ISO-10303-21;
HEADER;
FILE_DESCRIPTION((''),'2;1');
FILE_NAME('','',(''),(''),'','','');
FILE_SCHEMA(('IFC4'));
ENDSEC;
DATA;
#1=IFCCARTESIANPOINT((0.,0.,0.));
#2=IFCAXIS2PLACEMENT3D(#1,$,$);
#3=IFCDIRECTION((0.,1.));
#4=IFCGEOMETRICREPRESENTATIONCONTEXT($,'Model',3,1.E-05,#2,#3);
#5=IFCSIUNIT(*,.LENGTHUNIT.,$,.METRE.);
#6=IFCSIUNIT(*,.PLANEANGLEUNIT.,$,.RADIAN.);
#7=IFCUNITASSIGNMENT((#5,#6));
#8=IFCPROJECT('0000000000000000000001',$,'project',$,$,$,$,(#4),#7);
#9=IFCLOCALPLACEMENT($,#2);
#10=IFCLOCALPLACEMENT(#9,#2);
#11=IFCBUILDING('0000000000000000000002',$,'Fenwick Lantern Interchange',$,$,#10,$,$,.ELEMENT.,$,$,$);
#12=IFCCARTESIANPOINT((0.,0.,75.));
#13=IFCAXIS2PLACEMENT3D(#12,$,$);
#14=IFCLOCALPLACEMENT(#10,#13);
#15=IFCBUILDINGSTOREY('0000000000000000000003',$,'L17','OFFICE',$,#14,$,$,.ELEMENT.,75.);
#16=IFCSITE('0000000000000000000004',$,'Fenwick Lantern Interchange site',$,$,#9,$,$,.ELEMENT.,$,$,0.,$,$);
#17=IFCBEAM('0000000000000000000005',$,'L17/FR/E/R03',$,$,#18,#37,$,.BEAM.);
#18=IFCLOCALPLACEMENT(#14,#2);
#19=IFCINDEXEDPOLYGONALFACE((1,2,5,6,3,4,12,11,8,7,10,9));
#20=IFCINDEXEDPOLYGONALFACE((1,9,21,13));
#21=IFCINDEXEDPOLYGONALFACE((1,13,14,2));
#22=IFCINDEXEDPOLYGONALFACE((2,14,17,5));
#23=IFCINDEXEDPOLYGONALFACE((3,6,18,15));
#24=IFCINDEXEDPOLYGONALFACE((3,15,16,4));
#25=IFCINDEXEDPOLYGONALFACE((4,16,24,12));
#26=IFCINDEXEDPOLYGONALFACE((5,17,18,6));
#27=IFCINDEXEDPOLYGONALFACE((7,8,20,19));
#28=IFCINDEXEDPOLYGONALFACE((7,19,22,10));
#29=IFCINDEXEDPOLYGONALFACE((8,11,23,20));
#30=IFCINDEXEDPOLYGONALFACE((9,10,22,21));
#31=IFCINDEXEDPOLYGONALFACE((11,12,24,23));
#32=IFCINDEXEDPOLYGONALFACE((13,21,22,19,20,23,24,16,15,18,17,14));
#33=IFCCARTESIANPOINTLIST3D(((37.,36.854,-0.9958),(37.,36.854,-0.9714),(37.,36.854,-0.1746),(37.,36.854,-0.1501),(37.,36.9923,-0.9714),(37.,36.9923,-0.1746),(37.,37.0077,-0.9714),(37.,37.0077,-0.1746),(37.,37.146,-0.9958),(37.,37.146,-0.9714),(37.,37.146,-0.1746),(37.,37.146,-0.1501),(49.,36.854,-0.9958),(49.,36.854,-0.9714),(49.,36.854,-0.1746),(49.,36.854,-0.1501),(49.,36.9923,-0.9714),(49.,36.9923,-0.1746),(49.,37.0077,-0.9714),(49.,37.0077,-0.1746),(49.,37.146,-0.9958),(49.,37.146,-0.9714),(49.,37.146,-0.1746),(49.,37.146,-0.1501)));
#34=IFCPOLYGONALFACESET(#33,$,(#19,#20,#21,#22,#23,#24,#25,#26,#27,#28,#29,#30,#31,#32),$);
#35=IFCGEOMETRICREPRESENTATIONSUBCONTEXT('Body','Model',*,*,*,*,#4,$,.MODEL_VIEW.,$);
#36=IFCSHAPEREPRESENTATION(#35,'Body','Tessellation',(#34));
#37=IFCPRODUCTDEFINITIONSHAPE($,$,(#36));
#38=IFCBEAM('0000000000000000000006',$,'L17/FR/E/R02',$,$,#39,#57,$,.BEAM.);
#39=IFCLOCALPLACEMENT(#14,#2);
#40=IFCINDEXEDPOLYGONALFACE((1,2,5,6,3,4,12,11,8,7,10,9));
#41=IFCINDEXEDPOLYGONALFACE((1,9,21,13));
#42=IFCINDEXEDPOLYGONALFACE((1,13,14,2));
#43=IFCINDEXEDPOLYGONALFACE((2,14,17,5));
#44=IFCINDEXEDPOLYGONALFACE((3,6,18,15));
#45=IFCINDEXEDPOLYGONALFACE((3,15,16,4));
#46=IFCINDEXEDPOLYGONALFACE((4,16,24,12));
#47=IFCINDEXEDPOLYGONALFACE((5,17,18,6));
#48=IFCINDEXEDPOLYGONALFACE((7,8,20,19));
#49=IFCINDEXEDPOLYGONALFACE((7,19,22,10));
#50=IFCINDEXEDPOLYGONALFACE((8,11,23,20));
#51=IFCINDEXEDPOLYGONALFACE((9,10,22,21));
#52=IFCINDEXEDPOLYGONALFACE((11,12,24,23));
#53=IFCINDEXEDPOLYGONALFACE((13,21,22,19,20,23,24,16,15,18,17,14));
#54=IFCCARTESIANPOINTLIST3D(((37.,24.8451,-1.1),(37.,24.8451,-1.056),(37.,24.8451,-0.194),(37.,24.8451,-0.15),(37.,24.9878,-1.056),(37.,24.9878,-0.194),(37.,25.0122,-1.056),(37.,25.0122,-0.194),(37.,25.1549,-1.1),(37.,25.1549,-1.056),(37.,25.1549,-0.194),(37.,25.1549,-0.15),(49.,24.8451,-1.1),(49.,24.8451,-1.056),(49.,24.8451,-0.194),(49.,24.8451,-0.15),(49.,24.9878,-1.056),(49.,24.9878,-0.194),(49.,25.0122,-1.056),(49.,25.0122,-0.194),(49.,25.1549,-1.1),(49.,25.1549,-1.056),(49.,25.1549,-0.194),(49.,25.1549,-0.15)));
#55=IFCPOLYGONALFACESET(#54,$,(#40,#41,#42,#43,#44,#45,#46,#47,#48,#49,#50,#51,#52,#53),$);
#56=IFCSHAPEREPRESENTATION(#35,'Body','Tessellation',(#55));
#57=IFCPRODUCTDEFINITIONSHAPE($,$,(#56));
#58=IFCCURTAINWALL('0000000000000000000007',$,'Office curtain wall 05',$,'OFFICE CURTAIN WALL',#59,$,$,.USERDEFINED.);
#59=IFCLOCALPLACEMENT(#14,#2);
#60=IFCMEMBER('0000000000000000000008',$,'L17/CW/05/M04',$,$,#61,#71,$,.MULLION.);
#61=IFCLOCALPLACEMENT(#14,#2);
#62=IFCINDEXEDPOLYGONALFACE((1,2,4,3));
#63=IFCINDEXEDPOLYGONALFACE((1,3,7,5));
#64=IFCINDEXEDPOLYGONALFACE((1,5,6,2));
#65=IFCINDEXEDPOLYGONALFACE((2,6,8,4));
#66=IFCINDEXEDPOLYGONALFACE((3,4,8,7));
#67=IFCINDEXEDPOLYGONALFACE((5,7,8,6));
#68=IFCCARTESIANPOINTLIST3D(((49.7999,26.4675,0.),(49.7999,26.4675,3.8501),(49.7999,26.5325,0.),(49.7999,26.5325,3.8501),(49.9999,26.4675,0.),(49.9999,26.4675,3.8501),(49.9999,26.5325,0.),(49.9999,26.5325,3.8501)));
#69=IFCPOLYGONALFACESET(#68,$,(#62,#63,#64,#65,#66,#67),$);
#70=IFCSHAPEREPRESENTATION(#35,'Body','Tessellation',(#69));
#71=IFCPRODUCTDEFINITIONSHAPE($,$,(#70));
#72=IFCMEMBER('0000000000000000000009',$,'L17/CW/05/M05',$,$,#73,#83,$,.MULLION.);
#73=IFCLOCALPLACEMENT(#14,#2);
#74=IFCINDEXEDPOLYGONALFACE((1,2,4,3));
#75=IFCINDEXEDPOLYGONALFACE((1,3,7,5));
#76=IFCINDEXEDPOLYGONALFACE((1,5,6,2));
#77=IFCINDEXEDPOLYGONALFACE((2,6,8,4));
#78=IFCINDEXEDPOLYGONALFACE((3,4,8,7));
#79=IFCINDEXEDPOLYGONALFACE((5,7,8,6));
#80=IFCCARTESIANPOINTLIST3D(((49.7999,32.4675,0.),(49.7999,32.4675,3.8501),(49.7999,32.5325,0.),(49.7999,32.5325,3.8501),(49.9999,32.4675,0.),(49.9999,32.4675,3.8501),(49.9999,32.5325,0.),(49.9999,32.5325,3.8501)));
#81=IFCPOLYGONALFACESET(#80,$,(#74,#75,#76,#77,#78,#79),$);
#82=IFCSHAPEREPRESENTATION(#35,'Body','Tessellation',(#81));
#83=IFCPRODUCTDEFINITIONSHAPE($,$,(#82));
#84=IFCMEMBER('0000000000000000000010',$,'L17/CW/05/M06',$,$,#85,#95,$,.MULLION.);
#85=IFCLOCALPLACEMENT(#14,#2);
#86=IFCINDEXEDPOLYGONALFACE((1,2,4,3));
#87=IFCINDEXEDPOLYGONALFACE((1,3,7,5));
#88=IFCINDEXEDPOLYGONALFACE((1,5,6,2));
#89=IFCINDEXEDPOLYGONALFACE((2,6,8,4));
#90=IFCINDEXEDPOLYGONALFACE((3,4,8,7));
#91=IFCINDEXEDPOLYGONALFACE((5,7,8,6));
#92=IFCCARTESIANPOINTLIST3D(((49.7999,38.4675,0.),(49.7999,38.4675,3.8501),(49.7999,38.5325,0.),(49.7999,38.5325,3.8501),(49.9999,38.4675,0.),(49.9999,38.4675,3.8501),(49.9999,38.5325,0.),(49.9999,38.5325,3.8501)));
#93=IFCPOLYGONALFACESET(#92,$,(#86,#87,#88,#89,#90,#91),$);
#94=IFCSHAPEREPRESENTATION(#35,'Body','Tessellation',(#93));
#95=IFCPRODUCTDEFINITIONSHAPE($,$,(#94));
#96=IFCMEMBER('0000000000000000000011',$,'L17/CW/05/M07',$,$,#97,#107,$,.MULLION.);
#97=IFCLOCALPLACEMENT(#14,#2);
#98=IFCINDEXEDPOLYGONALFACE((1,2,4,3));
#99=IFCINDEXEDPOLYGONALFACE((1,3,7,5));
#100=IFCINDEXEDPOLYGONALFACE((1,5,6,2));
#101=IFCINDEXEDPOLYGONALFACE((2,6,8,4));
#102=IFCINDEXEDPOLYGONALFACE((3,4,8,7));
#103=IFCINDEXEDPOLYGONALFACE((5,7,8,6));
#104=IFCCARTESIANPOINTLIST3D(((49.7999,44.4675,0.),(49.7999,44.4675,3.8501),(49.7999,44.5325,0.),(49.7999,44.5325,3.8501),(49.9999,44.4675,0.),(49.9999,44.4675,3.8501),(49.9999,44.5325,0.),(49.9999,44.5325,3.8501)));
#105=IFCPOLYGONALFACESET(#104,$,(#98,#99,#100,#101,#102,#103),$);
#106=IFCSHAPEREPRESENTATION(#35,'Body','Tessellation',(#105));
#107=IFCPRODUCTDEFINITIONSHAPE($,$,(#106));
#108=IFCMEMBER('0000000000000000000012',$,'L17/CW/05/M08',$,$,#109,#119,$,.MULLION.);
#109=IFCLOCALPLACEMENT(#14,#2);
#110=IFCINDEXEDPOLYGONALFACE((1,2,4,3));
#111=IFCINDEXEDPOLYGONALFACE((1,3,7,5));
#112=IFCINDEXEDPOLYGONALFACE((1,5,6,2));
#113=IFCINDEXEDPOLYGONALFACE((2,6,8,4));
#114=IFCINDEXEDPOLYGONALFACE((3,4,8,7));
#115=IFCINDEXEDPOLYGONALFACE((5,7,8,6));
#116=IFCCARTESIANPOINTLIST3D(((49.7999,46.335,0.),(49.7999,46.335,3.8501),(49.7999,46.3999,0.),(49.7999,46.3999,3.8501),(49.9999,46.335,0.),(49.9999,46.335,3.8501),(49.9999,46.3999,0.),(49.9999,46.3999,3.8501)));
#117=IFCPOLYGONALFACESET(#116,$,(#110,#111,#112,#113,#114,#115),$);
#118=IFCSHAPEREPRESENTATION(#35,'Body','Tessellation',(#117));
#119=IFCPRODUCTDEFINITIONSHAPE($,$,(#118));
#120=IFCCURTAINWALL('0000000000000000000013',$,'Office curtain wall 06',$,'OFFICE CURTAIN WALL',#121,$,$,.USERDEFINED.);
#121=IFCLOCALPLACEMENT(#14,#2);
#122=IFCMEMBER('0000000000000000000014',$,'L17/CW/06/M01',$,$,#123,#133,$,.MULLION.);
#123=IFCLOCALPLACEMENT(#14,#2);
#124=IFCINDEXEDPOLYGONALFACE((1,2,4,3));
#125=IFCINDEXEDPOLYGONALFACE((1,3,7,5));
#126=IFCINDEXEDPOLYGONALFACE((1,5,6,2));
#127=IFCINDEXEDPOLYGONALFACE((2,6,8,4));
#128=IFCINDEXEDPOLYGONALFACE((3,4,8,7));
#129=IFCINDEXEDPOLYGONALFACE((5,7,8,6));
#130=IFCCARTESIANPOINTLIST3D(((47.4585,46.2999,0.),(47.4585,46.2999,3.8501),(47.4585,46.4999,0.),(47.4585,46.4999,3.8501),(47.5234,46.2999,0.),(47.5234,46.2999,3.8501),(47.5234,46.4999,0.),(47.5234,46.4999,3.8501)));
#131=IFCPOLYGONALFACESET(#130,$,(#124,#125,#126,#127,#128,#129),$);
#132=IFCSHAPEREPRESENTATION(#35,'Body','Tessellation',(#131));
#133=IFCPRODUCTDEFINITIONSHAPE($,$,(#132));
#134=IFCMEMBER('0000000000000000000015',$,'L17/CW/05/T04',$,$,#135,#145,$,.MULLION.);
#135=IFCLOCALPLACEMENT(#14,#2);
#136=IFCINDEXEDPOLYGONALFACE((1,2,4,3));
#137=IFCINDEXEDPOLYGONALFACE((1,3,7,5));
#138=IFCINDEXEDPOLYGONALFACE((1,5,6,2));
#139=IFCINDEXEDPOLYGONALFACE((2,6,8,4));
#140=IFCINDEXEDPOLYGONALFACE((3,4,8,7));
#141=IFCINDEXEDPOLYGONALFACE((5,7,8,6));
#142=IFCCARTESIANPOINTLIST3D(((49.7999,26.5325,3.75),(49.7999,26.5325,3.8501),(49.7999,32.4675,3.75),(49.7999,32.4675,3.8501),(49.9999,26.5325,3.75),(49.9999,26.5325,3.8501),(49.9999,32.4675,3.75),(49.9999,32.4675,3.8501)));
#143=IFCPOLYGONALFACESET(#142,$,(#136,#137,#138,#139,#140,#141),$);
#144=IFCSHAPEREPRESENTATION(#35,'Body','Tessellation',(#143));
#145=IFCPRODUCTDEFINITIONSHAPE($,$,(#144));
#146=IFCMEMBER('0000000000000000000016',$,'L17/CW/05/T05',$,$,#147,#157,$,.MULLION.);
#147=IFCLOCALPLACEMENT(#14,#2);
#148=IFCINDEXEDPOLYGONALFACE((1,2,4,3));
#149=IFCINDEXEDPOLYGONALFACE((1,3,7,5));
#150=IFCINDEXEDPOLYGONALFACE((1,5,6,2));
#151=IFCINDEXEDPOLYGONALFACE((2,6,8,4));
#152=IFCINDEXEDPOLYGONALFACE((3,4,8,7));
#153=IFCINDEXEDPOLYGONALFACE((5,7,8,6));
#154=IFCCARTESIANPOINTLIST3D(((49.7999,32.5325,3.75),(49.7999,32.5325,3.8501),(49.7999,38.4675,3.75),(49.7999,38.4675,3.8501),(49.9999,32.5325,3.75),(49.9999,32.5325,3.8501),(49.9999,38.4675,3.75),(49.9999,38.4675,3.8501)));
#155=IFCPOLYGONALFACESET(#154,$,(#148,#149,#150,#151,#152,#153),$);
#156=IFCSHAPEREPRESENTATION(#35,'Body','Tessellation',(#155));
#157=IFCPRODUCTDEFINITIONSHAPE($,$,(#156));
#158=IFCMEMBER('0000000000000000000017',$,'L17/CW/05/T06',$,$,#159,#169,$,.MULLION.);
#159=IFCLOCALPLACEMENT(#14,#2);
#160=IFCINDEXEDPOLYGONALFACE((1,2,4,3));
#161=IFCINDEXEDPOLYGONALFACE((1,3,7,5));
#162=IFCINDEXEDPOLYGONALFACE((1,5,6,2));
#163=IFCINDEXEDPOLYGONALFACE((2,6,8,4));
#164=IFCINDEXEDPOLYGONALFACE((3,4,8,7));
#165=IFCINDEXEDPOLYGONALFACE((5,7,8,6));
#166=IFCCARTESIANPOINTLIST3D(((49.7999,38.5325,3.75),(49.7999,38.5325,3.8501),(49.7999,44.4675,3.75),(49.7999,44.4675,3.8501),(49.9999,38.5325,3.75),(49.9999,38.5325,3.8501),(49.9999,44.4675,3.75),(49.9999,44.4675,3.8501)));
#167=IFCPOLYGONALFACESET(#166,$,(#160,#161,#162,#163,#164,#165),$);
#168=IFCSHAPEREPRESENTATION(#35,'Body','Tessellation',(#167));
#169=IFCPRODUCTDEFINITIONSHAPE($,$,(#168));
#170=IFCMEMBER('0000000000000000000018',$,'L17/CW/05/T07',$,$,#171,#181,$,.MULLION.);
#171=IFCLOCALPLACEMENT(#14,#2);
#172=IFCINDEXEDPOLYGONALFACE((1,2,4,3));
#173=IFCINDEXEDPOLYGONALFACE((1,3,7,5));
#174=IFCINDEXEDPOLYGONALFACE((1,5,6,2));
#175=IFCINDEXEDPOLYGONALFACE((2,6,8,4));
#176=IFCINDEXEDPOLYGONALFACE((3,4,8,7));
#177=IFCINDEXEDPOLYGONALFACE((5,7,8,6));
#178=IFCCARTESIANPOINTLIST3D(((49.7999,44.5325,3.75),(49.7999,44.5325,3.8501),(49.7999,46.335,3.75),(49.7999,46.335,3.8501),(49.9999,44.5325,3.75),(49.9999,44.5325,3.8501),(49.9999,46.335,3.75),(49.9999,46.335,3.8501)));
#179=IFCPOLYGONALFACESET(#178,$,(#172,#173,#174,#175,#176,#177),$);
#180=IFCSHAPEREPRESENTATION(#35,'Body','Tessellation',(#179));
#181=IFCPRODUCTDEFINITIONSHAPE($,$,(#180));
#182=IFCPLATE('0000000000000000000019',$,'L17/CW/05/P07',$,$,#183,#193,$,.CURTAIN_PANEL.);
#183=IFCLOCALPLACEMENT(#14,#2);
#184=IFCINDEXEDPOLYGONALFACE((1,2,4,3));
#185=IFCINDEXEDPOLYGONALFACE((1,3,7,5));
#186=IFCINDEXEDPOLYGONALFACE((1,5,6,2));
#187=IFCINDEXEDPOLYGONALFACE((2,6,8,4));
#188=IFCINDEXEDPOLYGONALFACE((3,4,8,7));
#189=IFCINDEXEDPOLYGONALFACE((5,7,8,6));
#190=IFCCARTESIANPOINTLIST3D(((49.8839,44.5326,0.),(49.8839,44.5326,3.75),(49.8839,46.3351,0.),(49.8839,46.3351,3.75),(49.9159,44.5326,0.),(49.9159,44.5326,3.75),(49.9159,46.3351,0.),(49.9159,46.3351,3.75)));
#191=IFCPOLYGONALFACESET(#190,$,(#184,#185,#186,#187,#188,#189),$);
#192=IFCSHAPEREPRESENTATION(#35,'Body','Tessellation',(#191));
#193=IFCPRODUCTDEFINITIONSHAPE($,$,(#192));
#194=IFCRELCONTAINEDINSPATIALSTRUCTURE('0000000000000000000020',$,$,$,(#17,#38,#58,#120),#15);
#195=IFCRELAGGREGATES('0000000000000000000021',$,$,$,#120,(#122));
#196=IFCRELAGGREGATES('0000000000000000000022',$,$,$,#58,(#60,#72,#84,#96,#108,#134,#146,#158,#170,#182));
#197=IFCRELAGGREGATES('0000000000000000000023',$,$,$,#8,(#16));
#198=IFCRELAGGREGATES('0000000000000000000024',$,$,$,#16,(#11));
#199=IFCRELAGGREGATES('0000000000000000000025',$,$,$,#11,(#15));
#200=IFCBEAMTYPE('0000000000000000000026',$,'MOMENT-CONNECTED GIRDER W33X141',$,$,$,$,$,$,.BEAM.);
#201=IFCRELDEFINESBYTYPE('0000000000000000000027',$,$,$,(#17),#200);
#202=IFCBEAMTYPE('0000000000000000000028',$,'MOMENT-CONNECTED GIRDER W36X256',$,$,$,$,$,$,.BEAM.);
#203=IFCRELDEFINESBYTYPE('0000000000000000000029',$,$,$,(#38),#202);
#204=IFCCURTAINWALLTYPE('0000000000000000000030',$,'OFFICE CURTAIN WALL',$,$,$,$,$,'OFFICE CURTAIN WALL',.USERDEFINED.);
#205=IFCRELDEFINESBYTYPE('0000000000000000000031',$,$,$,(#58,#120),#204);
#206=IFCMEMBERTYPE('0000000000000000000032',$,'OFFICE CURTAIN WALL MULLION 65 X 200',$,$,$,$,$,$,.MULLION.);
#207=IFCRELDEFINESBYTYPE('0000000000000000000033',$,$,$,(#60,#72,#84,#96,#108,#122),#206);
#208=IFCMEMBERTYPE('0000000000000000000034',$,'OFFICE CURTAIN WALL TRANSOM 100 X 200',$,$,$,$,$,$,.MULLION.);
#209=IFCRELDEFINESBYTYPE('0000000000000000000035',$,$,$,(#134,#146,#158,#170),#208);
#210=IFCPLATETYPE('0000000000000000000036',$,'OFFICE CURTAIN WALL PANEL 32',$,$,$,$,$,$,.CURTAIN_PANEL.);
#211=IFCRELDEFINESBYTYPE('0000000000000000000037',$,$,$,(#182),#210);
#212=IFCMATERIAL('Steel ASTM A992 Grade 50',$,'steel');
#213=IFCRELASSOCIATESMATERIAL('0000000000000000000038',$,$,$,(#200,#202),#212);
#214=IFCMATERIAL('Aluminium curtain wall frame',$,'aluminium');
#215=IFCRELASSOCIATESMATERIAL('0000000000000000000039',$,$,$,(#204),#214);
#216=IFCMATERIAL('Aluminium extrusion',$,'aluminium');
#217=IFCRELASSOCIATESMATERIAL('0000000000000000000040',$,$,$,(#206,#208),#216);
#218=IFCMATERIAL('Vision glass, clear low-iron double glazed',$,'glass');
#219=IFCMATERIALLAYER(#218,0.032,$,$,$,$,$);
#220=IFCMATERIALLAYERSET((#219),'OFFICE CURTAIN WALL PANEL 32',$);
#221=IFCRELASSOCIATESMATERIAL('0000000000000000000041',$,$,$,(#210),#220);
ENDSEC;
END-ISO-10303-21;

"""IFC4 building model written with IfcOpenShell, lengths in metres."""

from ifc_helpers import new_model, si_unit, direction, frame, origin, origin_2d, place, context, subcontext, project, spatial, rectangle, i_section, extrude, material, layer, layer_set, material_profile, profile_set, type_object, element, aggregate, save


model = new_model("IFC4")

# Units and contexts
model_context = context("Model", 3, precision=1e-05, world=origin(), true_north=direction((0.0, 1.0)))
body_context = subcontext(model_context, "Body", "Model", "MODEL_VIEW")
ifc_project = project(units=[si_unit("LENGTHUNIT", "METRE"), si_unit("PLANEANGLEUNIT", "RADIAN")], contexts=[model_context])

# Site, building, storey
site_placement = place(None, origin())
site = spatial("IfcSite", under=ifc_project, at=site_placement, Name="Fenwick Lantern Interchange site", CompositionType="ELEMENT", RefElevation=0.0)
building_placement = place(site_placement, origin())
building = spatial("IfcBuilding", under=site, at=building_placement, Name="Fenwick Lantern Interchange", CompositionType="ELEMENT")
storey_placement = place(building_placement, frame((0.0, 0.0, 75.0)))
storey = spatial("IfcBuildingStorey", under=building, at=storey_placement, Name="L17", Description="OFFICE", CompositionType="ELEMENT", Elevation=75.0)

# Beams
ifc_material_1 = material(Name="Steel ASTM A992 Grade 50", Category="steel")
ifc_material_profile_1 = material_profile(ifc_material_1, i_section(OverallWidth=0.292, OverallDepth=0.8457, WebThickness=0.0154, FlangeThickness=0.0244, at=origin_2d()), Name="W33X141")
ifc_profile_set_1 = profile_set([ifc_material_profile_1], Name="Steel ASTM A992 Grade 50")
beam_type_1 = type_object("IfcBeamType", Name="MOMENT-CONNECTED GIRDER W33X141", PredefinedType="BEAM", material=ifc_profile_set_1)
beam_1_placement = place(storey_placement, frame((49.0, 37.0, -0.573), z_axis=(-1.0, 0.0, 0.0), x_axis=(0.0, -1.0, 0.0)))
element("IfcBeam", 1, at=beam_1_placement, inside=storey, type_object=beam_type_1, Name="L17/FR/E/R03", PredefinedType="BEAM", context=body_context, shape_type="SweptSolid", body=[
    extrude(i_section(OverallWidth=0.292, OverallDepth=0.8457, WebThickness=0.0154, FlangeThickness=0.0244, at=origin_2d()), origin(), (0.0, 0.0, 1.0), 12.0),
])
ifc_material_profile_2 = material_profile(ifc_material_1, i_section(OverallWidth=0.3098, OverallDepth=0.95, WebThickness=0.0244, FlangeThickness=0.0439, at=origin_2d()), Name="W36X256")
ifc_profile_set_2 = profile_set([ifc_material_profile_2], Name="Steel ASTM A992 Grade 50")
beam_type_2 = type_object("IfcBeamType", Name="MOMENT-CONNECTED GIRDER W36X256", PredefinedType="BEAM", material=ifc_profile_set_2)
beam_2_placement = place(storey_placement, frame((49.0, 25.0, -0.625), z_axis=(-1.0, 0.0, 0.0), x_axis=(0.0, -1.0, 0.0)))
element("IfcBeam", 2, at=beam_2_placement, inside=storey, type_object=beam_type_2, Name="L17/FR/E/R02", PredefinedType="BEAM", context=body_context, shape_type="SweptSolid", body=[
    extrude(i_section(OverallWidth=0.3098, OverallDepth=0.95, WebThickness=0.0244, FlangeThickness=0.0439, at=origin_2d()), origin(), (0.0, 0.0, 1.0), 12.0),
])

# Curtain wall, members
ifc_material_2 = material(Name="Aluminium curtain wall frame", Category="aluminium")
curtain_wall_type = type_object("IfcCurtainWallType", Name="OFFICE CURTAIN WALL", ElementType="OFFICE CURTAIN WALL", PredefinedType="USERDEFINED", material=ifc_material_2)
curtain_wall_1_placement = place(storey_placement, origin())
curtain_wall_1 = element("IfcCurtainWall", 3, at=curtain_wall_1_placement, inside=storey, type_object=curtain_wall_type, Name="Office curtain wall 05", ObjectType="OFFICE CURTAIN WALL", PredefinedType="USERDEFINED")
ifc_material_3 = material(Name="Aluminium extrusion", Category="aluminium")
ifc_material_profile_3 = material_profile(ifc_material_3, rectangle(XDim=0.2, YDim=0.0649, at=origin_2d()), Name="OFFICE CURTAIN WALL MULLION 65 X 200")
ifc_profile_set_3 = profile_set([ifc_material_profile_3], Name="Aluminium extrusion")
member_type_1 = type_object("IfcMemberType", Name="OFFICE CURTAIN WALL MULLION 65 X 200", PredefinedType="MULLION", material=ifc_profile_set_3)
member_1_placement = place(storey_placement, frame((49.8999, 26.5, 0.0), z_axis=(0.0, 0.0, 1.0), x_axis=(-1.0, 0.0, 0.0)))
member_1 = element("IfcMember", 4, at=member_1_placement, type_object=member_type_1, Name="L17/CW/05/M04", PredefinedType="MULLION", context=body_context, shape_type="SweptSolid", body=[
    extrude(rectangle(XDim=0.2, YDim=0.0649, at=origin_2d()), origin(), (0.0, 0.0, 1.0), 3.8501),
])
member_2_placement = place(storey_placement, frame((49.8999, 32.5, 0.0), z_axis=(0.0, 0.0, 1.0), x_axis=(-1.0, 0.0, 0.0)))
member_2 = element("IfcMember", 5, at=member_2_placement, type_object=member_type_1, Name="L17/CW/05/M05", PredefinedType="MULLION", context=body_context, shape_type="SweptSolid", body=[
    extrude(rectangle(XDim=0.2, YDim=0.0649, at=origin_2d()), origin(), (0.0, 0.0, 1.0), 3.8501),
])
member_3_placement = place(storey_placement, frame((49.8999, 38.5, 0.0), z_axis=(0.0, 0.0, 1.0), x_axis=(-1.0, 0.0, 0.0)))
member_3 = element("IfcMember", 6, at=member_3_placement, type_object=member_type_1, Name="L17/CW/05/M06", PredefinedType="MULLION", context=body_context, shape_type="SweptSolid", body=[
    extrude(rectangle(XDim=0.2, YDim=0.0649, at=origin_2d()), origin(), (0.0, 0.0, 1.0), 3.8501),
])
member_4_placement = place(storey_placement, frame((49.8999, 44.5, 0.0), z_axis=(0.0, 0.0, 1.0), x_axis=(-1.0, 0.0, 0.0)))
member_4 = element("IfcMember", 7, at=member_4_placement, type_object=member_type_1, Name="L17/CW/05/M07", PredefinedType="MULLION", context=body_context, shape_type="SweptSolid", body=[
    extrude(rectangle(XDim=0.2, YDim=0.0649, at=origin_2d()), origin(), (0.0, 0.0, 1.0), 3.8501),
])
member_5_placement = place(storey_placement, frame((49.8999, 46.3674, 0.0), z_axis=(0.0, 0.0, 1.0), x_axis=(-1.0, 0.0, 0.0)))
member_5 = element("IfcMember", 8, at=member_5_placement, type_object=member_type_1, Name="L17/CW/05/M08", PredefinedType="MULLION", context=body_context, shape_type="SweptSolid", body=[
    extrude(rectangle(XDim=0.2, YDim=0.0649, at=origin_2d()), origin(), (0.0, 0.0, 1.0), 3.8501),
])

# Curtain wall, member
curtain_wall_2_placement = place(storey_placement, origin())
curtain_wall_2 = element("IfcCurtainWall", 9, at=curtain_wall_2_placement, inside=storey, type_object=curtain_wall_type, Name="Office curtain wall 06", ObjectType="OFFICE CURTAIN WALL", PredefinedType="USERDEFINED")
member_6_placement = place(storey_placement, frame((47.491, 46.3999, 0.0), z_axis=(0.0, 0.0, 1.0), x_axis=(0.0, -1.0, 0.0)))
member_6 = element("IfcMember", 10, at=member_6_placement, type_object=member_type_1, Name="L17/CW/06/M01", PredefinedType="MULLION", context=body_context, shape_type="SweptSolid", body=[
    extrude(rectangle(XDim=0.2, YDim=0.0649, at=origin_2d()), origin(), (0.0, 0.0, 1.0), 3.8501),
])
aggregate(curtain_wall_2, [member_6])

# Members
ifc_material_profile_4 = material_profile(ifc_material_3, rectangle(XDim=0.2, YDim=0.1001, at=origin_2d()), Name="OFFICE CURTAIN WALL TRANSOM 100 X 200")
ifc_profile_set_4 = profile_set([ifc_material_profile_4], Name="Aluminium extrusion")
member_type_2 = type_object("IfcMemberType", Name="OFFICE CURTAIN WALL TRANSOM 100 X 200", PredefinedType="MULLION", material=ifc_profile_set_4)
member_7_placement = place(storey_placement, frame((49.8999, 26.5325, 3.8), z_axis=(0.0, 1.0, 0.0), x_axis=(-1.0, 0.0, 0.0)))
member_7 = element("IfcMember", 11, at=member_7_placement, type_object=member_type_2, Name="L17/CW/05/T04", PredefinedType="MULLION", context=body_context, shape_type="SweptSolid", body=[
    extrude(rectangle(XDim=0.2, YDim=0.1001, at=origin_2d()), origin(), (0.0, 0.0, 1.0), 5.9351),
])
member_8_placement = place(storey_placement, frame((49.8999, 32.5325, 3.8), z_axis=(0.0, 1.0, 0.0), x_axis=(-1.0, 0.0, 0.0)))
member_8 = element("IfcMember", 12, at=member_8_placement, type_object=member_type_2, Name="L17/CW/05/T05", PredefinedType="MULLION", context=body_context, shape_type="SweptSolid", body=[
    extrude(rectangle(XDim=0.2, YDim=0.1001, at=origin_2d()), origin(), (0.0, 0.0, 1.0), 5.9351),
])
member_9_placement = place(storey_placement, frame((49.8999, 38.5325, 3.8), z_axis=(0.0, 1.0, 0.0), x_axis=(-1.0, 0.0, 0.0)))
member_9 = element("IfcMember", 13, at=member_9_placement, type_object=member_type_2, Name="L17/CW/05/T06", PredefinedType="MULLION", context=body_context, shape_type="SweptSolid", body=[
    extrude(rectangle(XDim=0.2, YDim=0.1001, at=origin_2d()), origin(), (0.0, 0.0, 1.0), 5.9351),
])
member_10_placement = place(storey_placement, frame((49.8999, 44.5325, 3.8), z_axis=(0.0, 1.0, 0.0), x_axis=(-1.0, 0.0, 0.0)))
member_10 = element("IfcMember", 14, at=member_10_placement, type_object=member_type_2, Name="L17/CW/05/T07", PredefinedType="MULLION", context=body_context, shape_type="SweptSolid", body=[
    extrude(rectangle(XDim=0.2, YDim=0.1001, at=origin_2d()), origin(), (0.0, 0.0, 1.0), 1.8025),
])

# Plate
ifc_material_4 = material(Name="Vision glass, clear low-iron double glazed", Category="glass")
ifc_layer_1 = layer(ifc_material_4, 0.032)
ifc_layer_set_1 = layer_set([ifc_layer_1], Name="OFFICE CURTAIN WALL PANEL 32")
plate_type = type_object("IfcPlateType", Name="OFFICE CURTAIN WALL PANEL 32", PredefinedType="CURTAIN_PANEL", material=ifc_layer_set_1)
plate_placement = place(storey_placement, frame((49.8999, 45.4338, 0.0), z_axis=(0.0, 0.0, 1.0), x_axis=(0.0, 1.0, 0.0)))
plate = element("IfcPlate", 15, at=plate_placement, type_object=plate_type, Name="L17/CW/05/P07", PredefinedType="CURTAIN_PANEL", context=body_context, shape_type="SweptSolid", body=[
    extrude(rectangle(XDim=1.8025, YDim=0.032, at=origin_2d()), origin(), (0.0, 0.0, 1.0), 3.75),
])
aggregate(curtain_wall_1, [member_1, member_2, member_3, member_4, member_5, member_7, member_8, member_9, member_10, plate])

save(model, "model.ifc")
